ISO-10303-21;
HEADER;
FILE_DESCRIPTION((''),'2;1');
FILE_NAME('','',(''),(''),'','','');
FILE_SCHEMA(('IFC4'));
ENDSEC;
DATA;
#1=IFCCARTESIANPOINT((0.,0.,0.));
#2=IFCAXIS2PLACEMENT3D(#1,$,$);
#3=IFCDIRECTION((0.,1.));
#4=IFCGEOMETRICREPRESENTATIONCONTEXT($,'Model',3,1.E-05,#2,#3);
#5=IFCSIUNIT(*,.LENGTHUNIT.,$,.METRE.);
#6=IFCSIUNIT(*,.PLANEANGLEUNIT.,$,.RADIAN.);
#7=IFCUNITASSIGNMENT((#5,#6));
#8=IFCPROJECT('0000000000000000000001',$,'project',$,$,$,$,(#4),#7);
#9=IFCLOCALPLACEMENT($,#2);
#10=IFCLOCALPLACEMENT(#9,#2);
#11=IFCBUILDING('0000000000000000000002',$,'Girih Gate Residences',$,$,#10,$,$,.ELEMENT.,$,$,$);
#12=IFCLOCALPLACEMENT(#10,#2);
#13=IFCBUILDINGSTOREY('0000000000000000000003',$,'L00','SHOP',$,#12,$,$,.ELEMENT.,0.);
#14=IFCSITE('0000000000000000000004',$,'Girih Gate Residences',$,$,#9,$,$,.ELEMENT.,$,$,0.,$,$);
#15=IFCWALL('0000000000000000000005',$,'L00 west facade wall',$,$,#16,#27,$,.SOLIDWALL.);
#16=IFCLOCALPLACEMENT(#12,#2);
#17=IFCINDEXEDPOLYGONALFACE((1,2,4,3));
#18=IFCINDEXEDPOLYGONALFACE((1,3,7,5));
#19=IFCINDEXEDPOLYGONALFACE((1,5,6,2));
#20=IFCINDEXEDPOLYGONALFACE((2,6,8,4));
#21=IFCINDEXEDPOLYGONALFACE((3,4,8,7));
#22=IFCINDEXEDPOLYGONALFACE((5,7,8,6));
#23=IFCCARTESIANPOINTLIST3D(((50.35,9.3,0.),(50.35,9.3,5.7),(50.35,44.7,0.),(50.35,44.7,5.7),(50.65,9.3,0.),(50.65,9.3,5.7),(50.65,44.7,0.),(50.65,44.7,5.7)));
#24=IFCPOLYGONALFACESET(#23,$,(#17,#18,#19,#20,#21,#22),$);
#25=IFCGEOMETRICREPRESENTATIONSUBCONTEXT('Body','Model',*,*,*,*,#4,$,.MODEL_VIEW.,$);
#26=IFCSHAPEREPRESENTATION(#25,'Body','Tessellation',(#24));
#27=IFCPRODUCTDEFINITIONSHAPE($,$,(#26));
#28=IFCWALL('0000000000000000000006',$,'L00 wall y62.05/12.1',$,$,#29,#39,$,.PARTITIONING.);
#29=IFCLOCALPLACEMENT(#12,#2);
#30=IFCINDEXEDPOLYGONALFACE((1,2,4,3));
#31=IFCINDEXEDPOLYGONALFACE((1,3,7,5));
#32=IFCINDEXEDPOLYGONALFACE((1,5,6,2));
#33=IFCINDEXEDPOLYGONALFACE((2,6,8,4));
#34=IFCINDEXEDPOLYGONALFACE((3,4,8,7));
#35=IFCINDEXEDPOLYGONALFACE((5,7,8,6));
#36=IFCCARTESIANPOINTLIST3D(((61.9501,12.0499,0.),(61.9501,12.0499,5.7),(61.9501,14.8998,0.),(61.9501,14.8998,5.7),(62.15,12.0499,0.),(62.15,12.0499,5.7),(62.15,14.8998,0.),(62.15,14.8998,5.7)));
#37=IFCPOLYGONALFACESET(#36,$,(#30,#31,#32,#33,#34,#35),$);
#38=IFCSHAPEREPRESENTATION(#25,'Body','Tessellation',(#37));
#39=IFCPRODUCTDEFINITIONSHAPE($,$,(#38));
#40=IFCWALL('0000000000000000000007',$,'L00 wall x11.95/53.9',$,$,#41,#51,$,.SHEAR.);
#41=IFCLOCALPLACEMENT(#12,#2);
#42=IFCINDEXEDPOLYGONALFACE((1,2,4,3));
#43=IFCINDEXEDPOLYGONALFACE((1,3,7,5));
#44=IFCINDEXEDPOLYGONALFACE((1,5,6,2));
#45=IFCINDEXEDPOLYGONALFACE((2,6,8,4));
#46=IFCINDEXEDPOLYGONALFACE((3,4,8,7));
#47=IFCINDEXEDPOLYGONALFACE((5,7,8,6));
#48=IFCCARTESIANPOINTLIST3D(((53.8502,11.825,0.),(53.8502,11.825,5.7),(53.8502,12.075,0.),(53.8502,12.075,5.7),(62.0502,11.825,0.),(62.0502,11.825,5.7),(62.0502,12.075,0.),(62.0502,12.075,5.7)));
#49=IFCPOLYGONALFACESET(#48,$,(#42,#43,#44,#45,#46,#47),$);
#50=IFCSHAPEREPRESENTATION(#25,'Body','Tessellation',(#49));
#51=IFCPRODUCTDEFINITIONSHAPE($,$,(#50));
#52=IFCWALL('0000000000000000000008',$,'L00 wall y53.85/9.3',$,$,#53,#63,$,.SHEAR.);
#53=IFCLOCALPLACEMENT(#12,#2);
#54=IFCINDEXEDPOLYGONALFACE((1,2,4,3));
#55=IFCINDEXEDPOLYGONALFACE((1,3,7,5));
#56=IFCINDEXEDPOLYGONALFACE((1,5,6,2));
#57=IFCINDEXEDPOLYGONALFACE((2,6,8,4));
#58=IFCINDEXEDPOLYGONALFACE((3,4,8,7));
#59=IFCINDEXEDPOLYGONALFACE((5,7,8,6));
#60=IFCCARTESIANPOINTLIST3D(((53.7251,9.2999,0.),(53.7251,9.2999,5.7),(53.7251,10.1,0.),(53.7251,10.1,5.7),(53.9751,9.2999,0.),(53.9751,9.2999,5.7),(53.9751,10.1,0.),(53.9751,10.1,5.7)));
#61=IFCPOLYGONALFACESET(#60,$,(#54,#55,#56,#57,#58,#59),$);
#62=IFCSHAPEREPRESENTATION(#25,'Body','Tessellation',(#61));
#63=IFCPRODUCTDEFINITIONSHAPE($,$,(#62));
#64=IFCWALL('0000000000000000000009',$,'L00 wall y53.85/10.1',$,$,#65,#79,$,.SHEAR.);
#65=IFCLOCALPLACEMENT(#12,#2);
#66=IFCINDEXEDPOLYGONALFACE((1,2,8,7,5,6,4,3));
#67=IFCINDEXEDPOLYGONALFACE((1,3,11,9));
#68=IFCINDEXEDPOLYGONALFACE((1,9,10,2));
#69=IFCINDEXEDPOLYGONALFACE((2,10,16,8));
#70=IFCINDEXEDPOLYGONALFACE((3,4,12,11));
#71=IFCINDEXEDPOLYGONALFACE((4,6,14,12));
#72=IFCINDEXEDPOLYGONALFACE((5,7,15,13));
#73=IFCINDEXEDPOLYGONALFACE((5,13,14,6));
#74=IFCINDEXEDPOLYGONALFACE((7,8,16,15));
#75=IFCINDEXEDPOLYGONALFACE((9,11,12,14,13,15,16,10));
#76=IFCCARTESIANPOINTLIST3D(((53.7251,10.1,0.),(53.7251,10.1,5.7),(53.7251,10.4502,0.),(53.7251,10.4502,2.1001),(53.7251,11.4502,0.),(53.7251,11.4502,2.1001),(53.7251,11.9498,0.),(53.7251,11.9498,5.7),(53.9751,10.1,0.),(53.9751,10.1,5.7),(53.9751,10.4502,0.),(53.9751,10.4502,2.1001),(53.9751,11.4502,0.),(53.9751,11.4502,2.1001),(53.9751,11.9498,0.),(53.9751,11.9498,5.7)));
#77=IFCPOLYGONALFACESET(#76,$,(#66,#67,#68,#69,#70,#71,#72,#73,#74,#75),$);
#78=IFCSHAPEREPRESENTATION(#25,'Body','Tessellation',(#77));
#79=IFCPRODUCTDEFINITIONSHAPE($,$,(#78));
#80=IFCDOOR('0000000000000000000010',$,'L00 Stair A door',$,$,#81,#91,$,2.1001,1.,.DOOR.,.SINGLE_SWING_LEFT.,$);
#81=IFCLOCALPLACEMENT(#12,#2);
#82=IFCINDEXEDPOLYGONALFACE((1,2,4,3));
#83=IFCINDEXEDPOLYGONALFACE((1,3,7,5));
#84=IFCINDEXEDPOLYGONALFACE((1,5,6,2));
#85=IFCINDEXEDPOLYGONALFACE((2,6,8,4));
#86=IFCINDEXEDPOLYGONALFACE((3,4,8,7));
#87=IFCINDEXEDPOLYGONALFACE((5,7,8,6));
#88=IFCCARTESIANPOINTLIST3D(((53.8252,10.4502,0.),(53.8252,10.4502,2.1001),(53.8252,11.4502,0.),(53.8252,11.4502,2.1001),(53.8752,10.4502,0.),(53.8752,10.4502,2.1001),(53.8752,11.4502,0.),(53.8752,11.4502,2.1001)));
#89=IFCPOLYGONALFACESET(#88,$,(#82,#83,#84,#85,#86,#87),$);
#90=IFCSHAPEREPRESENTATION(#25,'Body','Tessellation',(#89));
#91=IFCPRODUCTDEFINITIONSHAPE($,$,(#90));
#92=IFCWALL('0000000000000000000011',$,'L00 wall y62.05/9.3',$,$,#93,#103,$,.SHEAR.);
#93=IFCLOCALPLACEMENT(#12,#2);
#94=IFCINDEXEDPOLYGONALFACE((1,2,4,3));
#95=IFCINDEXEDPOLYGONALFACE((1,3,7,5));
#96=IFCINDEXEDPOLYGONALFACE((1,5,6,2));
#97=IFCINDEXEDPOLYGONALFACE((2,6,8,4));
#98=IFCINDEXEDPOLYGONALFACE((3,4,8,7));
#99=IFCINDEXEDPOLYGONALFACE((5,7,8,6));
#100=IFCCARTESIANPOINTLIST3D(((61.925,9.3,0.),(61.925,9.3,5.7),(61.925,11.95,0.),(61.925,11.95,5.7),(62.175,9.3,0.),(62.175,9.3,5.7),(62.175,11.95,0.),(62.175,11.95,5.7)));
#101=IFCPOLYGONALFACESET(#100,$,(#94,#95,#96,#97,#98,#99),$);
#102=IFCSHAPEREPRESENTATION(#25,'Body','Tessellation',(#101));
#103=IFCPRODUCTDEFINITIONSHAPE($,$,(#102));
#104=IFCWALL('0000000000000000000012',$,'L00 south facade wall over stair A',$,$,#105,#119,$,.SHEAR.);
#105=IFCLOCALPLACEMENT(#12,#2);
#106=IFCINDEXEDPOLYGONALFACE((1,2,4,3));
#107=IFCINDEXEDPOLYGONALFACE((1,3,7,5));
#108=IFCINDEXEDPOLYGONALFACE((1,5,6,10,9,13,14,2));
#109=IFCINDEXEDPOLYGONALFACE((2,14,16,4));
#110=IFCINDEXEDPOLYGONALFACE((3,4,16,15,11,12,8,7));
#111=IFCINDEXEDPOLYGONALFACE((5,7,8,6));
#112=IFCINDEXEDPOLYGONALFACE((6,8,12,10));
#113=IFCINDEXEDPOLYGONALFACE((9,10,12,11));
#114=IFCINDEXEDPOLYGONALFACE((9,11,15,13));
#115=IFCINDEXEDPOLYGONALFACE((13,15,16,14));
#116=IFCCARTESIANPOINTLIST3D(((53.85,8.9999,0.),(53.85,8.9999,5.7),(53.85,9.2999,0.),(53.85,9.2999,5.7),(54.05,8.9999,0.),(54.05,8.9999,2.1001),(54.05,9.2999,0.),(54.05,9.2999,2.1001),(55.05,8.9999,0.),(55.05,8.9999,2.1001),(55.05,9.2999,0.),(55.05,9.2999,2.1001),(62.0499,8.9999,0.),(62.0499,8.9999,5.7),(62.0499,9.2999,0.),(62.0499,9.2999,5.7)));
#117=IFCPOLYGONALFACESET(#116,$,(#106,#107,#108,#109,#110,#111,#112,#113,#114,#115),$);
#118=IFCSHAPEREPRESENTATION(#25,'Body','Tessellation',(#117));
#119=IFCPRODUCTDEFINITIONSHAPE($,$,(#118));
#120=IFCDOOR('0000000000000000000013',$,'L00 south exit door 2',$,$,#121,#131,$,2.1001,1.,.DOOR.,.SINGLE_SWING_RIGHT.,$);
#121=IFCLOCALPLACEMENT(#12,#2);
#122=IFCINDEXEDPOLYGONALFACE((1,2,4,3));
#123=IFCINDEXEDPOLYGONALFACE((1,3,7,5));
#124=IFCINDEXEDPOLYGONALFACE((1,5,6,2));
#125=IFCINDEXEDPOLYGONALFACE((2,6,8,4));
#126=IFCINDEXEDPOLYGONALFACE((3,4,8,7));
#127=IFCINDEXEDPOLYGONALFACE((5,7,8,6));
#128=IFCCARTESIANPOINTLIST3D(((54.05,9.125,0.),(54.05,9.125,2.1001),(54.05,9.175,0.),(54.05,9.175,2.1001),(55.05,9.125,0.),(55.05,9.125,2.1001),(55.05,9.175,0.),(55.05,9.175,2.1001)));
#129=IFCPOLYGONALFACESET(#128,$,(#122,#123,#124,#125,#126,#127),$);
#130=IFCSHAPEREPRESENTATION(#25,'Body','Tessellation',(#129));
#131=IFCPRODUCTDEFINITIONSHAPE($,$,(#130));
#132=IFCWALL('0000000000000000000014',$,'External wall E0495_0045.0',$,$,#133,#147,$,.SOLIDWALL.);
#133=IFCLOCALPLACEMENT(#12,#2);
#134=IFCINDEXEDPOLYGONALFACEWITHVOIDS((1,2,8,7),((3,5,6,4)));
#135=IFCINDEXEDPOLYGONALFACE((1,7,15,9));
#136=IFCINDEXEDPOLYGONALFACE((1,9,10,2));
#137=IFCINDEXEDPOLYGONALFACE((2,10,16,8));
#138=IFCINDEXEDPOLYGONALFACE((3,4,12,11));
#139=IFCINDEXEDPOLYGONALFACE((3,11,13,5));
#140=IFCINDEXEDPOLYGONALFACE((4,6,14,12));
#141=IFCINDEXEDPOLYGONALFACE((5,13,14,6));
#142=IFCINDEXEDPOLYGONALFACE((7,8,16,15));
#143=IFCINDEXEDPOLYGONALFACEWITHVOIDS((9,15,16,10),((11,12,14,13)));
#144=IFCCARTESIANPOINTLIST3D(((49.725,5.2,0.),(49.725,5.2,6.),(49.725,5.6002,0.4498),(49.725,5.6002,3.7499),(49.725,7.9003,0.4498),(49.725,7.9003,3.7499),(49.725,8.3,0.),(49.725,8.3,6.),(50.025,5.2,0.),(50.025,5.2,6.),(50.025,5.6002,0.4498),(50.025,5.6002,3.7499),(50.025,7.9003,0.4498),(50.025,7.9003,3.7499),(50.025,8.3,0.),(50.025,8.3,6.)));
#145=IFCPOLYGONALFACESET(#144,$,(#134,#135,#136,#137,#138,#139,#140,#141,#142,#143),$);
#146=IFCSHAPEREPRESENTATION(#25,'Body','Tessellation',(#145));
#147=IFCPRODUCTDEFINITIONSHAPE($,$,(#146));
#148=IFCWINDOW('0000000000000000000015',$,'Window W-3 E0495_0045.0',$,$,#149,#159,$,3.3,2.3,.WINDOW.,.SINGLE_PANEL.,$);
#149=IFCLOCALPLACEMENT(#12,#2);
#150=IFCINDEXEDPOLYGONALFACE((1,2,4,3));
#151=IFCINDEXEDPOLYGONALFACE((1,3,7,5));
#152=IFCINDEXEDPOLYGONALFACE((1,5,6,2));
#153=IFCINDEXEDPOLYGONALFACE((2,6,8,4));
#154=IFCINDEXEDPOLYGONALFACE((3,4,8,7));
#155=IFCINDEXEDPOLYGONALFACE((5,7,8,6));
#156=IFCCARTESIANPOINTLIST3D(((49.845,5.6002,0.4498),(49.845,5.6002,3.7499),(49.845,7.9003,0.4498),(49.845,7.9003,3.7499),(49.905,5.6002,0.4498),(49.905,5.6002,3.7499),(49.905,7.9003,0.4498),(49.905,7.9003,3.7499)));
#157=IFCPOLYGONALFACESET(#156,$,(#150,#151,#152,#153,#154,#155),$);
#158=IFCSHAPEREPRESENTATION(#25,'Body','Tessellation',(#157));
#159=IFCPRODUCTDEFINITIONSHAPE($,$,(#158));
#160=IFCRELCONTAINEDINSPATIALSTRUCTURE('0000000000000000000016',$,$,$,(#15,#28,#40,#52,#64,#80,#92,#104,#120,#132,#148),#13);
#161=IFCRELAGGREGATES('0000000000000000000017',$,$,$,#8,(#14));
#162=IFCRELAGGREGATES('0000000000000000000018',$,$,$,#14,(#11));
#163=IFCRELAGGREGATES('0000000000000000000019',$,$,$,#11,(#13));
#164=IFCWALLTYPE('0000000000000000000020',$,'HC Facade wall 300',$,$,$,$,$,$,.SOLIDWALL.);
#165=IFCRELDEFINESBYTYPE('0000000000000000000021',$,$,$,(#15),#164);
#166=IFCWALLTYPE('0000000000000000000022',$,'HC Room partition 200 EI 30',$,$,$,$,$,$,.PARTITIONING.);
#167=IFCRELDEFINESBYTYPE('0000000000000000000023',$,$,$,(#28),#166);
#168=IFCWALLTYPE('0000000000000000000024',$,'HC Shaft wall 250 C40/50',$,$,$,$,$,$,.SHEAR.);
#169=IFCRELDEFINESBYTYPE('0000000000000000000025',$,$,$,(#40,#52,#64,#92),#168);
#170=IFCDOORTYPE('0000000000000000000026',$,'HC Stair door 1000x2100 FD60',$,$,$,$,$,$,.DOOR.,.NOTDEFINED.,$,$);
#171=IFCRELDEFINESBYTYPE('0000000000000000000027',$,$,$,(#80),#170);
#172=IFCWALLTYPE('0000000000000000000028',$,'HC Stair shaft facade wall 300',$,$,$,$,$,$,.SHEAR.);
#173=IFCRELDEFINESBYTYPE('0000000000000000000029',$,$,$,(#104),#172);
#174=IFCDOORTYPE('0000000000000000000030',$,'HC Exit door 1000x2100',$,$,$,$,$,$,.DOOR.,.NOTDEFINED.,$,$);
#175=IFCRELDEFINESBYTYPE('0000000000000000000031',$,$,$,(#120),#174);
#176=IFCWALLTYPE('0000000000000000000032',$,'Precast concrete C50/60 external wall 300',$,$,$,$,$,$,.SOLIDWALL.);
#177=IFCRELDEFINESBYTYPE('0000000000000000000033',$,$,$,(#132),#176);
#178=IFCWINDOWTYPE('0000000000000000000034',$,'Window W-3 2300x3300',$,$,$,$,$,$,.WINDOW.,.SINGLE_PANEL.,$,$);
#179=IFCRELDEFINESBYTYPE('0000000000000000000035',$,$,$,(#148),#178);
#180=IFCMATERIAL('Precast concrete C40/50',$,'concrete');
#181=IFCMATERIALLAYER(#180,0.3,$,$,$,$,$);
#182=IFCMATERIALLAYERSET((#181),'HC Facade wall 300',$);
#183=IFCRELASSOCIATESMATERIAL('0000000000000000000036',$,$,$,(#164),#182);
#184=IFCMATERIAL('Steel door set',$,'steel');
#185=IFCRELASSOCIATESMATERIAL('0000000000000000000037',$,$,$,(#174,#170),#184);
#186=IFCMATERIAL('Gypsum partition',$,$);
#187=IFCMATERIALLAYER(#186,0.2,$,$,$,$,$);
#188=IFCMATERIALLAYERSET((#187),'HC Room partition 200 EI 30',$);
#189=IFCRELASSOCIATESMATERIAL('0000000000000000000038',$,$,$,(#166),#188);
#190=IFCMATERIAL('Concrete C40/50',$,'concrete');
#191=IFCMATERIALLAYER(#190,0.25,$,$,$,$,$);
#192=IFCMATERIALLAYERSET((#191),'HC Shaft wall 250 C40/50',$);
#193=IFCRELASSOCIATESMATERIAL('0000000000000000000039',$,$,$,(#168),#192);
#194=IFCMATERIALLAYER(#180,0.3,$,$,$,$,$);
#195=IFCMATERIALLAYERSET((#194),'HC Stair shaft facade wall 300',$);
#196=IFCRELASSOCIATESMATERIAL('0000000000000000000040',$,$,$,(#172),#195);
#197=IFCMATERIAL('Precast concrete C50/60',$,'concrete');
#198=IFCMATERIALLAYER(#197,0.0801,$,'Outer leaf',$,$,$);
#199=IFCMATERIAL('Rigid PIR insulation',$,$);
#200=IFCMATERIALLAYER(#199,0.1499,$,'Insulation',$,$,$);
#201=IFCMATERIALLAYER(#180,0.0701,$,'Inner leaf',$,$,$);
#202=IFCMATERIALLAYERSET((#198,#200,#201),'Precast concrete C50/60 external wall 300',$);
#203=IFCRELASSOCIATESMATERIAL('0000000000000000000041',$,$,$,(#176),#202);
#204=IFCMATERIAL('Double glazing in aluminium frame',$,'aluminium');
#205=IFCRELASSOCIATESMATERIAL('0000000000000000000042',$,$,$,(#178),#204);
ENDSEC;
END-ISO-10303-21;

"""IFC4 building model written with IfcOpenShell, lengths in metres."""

from ifc_helpers import new_model, si_unit, direction, frame, frame_2d, origin, place, context, subcontext, project, spatial, rectangle, extrude, material, layer, layer_set, type_object, element, fill, save


model = new_model("IFC4")

# Units and contexts
model_context = context("Model", 3, precision=1e-05, world=origin(), true_north=direction((0.0, 1.0)))
body_context = subcontext(model_context, "Body", "Model", "MODEL_VIEW")
ifc_project = project(units=[si_unit("LENGTHUNIT", "METRE"), si_unit("PLANEANGLEUNIT", "RADIAN")], contexts=[model_context])

# Site, building, storey
site_placement = place(None, origin())
site = spatial("IfcSite", under=ifc_project, at=site_placement, Name="Girih Gate Residences", CompositionType="ELEMENT", RefElevation=0.0)
building_placement = place(site_placement, origin())
building = spatial("IfcBuilding", under=site, at=building_placement, Name="Girih Gate Residences", CompositionType="ELEMENT")
storey_placement = place(building_placement, origin())
storey = spatial("IfcBuildingStorey", under=building, at=storey_placement, Name="L00", Description="SHOP", CompositionType="ELEMENT", Elevation=0.0)

# Shared definitions
ifc_material_1 = material(Name="Concrete C40/50", Category="concrete")

# Shared definitions
ifc_material_2 = material(Name="Precast concrete C40/50", Category="concrete")
ifc_layer_1 = layer(ifc_material_2, 0.3)
ifc_layer_set_1 = layer_set([ifc_layer_1], Name="HC Facade wall 300")
wall_type_1 = type_object("IfcWallType", Name="HC Facade wall 300", PredefinedType="SOLIDWALL", material=ifc_layer_set_1)
ifc_material_3 = material(Name="Steel door set", Category="steel")
door_type_1 = type_object("IfcDoorType", Name="HC Exit door 1000x2100", OperationType="NOTDEFINED", PredefinedType="DOOR", material=ifc_material_3)

# Walls
wall_1_placement = place(storey_placement, frame((50.5, 9.3, 0.0), z_axis=(0.0, 0.0, 1.0), x_axis=(0.0, 1.0, 0.0)))
element("IfcWall", 1, at=wall_1_placement, inside=storey, type_object=wall_type_1, Name="L00 west facade wall", PredefinedType="SOLIDWALL", context=body_context, shape_type="SweptSolid", body=[
    extrude(rectangle(XDim=35.3999, YDim=0.3, at=frame_2d((17.7, 0.0))), origin(), (0.0, 0.0, 1.0), 5.7),
])
ifc_material_4 = material(Name="Gypsum partition")
ifc_layer_2 = layer(ifc_material_4, 0.2)
ifc_layer_set_2 = layer_set([ifc_layer_2], Name="HC Room partition 200 EI 30")
wall_type_2 = type_object("IfcWallType", Name="HC Room partition 200 EI 30", PredefinedType="PARTITIONING", material=ifc_layer_set_2)
wall_2_placement = place(storey_placement, frame((62.05, 12.05, 0.0), z_axis=(0.0, 0.0, 1.0), x_axis=(0.0, 1.0, 0.0)))
element("IfcWall", 2, at=wall_2_placement, inside=storey, type_object=wall_type_2, Name="L00 wall y62.05/12.1", PredefinedType="PARTITIONING", context=body_context, shape_type="SweptSolid", body=[
    extrude(rectangle(XDim=2.8499, YDim=0.2, at=frame_2d((1.4248, 0.0))), origin(), (0.0, 0.0, 1.0), 5.7),
])
ifc_layer_3 = layer(ifc_material_1, 0.25)
ifc_layer_set_3 = layer_set([ifc_layer_3], Name="HC Shaft wall 250 C40/50")
wall_type_3 = type_object("IfcWallType", Name="HC Shaft wall 250 C40/50", PredefinedType="SHEAR", material=ifc_layer_set_3)
wall_3_placement = place(storey_placement, frame((53.8501, 11.95, 0.0), z_axis=(0.0, 0.0, 1.0), x_axis=(1.0, 0.0, 0.0)))
element("IfcWall", 3, at=wall_3_placement, inside=storey, type_object=wall_type_3, Name="L00 wall x11.95/53.9", PredefinedType="SHEAR", context=body_context, shape_type="SweptSolid", body=[
    extrude(rectangle(XDim=8.2, YDim=0.25, at=frame_2d((4.1001, 0.0))), origin(), (0.0, 0.0, 1.0), 5.7),
])
wall_4_placement = place(storey_placement, frame((53.8501, 9.3, 0.0), z_axis=(0.0, 0.0, 1.0), x_axis=(0.0, 1.0, 0.0)))
element("IfcWall", 4, at=wall_4_placement, inside=storey, type_object=wall_type_3, Name="L00 wall y53.85/9.3", PredefinedType="SHEAR", context=body_context, shape_type="SweptSolid", body=[
    extrude(rectangle(XDim=0.8, YDim=0.25, at=frame_2d((0.3999, 0.0))), origin(), (0.0, 0.0, 1.0), 5.7),
])

# Wall, opening, door
wall_5_placement = place(storey_placement, frame((53.8501, 10.1001, 0.0), z_axis=(0.0, 0.0, 1.0), x_axis=(0.0, 1.0, 0.0)))
wall_5 = element("IfcWall", 5, at=wall_5_placement, inside=storey, type_object=wall_type_3, Name="L00 wall y53.85/10.1", PredefinedType="SHEAR", context=body_context, shape_type="SweptSolid", body=[
    extrude(rectangle(XDim=1.8499, YDim=0.25, at=frame_2d((0.9248, 0.0))), origin(), (0.0, 0.0, 1.0), 5.7),
])
opening_1_placement = place(wall_5_placement, frame((0.3501, 0.0, 0.0)))
opening_1 = element("IfcOpeningElement", 6, at=opening_1_placement, cuts=wall_5, PredefinedType="OPENING", context=body_context, shape_type="SweptSolid", body=[
    extrude(rectangle(XDim=1.0, YDim=2.1001, at=frame_2d((0.5, 1.05))), frame((0.0, 0.135, 0.0), z_axis=(0.0, -1.0, 0.0), x_axis=(1.0, 0.0, 0.0)), (0.0, 0.0, 1.0), 0.27),
])
door_type_2 = type_object("IfcDoorType", Name="HC Stair door 1000x2100 FD60", OperationType="NOTDEFINED", PredefinedType="DOOR", material=ifc_material_3)
door_1_placement = place(opening_1_placement, origin())
door_1 = element("IfcDoor", 7, at=door_1_placement, inside=storey, type_object=door_type_2, Name="L00 Stair A door", OperationType="SINGLE_SWING_LEFT", OverallHeight=2.1001, OverallWidth=1.0, PredefinedType="DOOR", context=body_context, shape_type="SweptSolid", body=[
    extrude(rectangle(XDim=1.0, YDim=2.1001, at=frame_2d((0.5, 1.05))), frame((0.0, 0.0249, 0.0), z_axis=(0.0, -1.0, 0.0), x_axis=(1.0, 0.0, 0.0)), (0.0, 0.0, 1.0), 0.05),
])
fill(opening_1, door_1)

# Wall
wall_6_placement = place(storey_placement, frame((62.05, 9.3, 0.0), z_axis=(0.0, 0.0, 1.0), x_axis=(0.0, 1.0, 0.0)))
element("IfcWall", 8, at=wall_6_placement, inside=storey, type_object=wall_type_3, Name="L00 wall y62.05/9.3", PredefinedType="SHEAR", context=body_context, shape_type="SweptSolid", body=[
    extrude(rectangle(XDim=2.6499, YDim=0.25, at=frame_2d((1.325, 0.0))), origin(), (0.0, 0.0, 1.0), 5.7),
])

# Wall, opening, door
ifc_layer_4 = layer(ifc_material_2, 0.3)
ifc_layer_set_4 = layer_set([ifc_layer_4], Name="HC Stair shaft facade wall 300")
wall_type_4 = type_object("IfcWallType", Name="HC Stair shaft facade wall 300", PredefinedType="SHEAR", material=ifc_layer_set_4)
wall_7_placement = place(storey_placement, frame((62.05, 9.1499, 0.0), z_axis=(0.0, 0.0, 1.0), x_axis=(-1.0, 0.0, 0.0)))
wall_7 = element("IfcWall", 9, at=wall_7_placement, inside=storey, type_object=wall_type_4, Name="L00 south facade wall over stair A", PredefinedType="SHEAR", context=body_context, shape_type="SweptSolid", body=[
    extrude(rectangle(XDim=8.2, YDim=0.3, at=frame_2d((4.1001, 0.0))), origin(), (0.0, 0.0, 1.0), 5.7),
])
opening_2_placement = place(wall_7_placement, frame((7.0, 0.0, 0.0)))
opening_2 = element("IfcOpeningElement", 10, at=opening_2_placement, cuts=wall_7, PredefinedType="OPENING", context=body_context, shape_type="SweptSolid", body=[
    extrude(rectangle(XDim=1.0, YDim=2.1001, at=frame_2d((0.5, 1.05))), frame((0.0, 0.1599, 0.0), z_axis=(0.0, -1.0, 0.0), x_axis=(1.0, 0.0, 0.0)), (0.0, 0.0, 1.0), 0.3201),
])
door_2_placement = place(opening_2_placement, origin())
door_2 = element("IfcDoor", 11, at=door_2_placement, inside=storey, type_object=door_type_1, Name="L00 south exit door 2", OperationType="SINGLE_SWING_RIGHT", OverallHeight=2.1001, OverallWidth=1.0, PredefinedType="DOOR", context=body_context, shape_type="SweptSolid", body=[
    extrude(rectangle(XDim=1.0, YDim=2.1001, at=frame_2d((0.5, 1.05))), frame((0.0, 0.0249, 0.0), z_axis=(0.0, -1.0, 0.0), x_axis=(1.0, 0.0, 0.0)), (0.0, 0.0, 1.0), 0.05),
])
fill(opening_2, door_2)

# Wall, opening, window
ifc_material_5 = material(Name="Precast concrete C50/60", Category="concrete")
ifc_layer_5 = layer(ifc_material_5, 0.0801, Name="Outer leaf")
ifc_material_6 = material(Name="Rigid PIR insulation")
ifc_layer_6 = layer(ifc_material_6, 0.1499, Name="Insulation")
ifc_layer_7 = layer(ifc_material_2, 0.0701, Name="Inner leaf")
ifc_layer_set_5 = layer_set([ifc_layer_5, ifc_layer_6, ifc_layer_7], Name="Precast concrete C50/60 external wall 300")
wall_type_5 = type_object("IfcWallType", Name="Precast concrete C50/60 external wall 300", PredefinedType="SOLIDWALL", material=ifc_layer_set_5)
wall_8_placement = place(storey_placement, frame((49.875, 8.3, 0.0), z_axis=(0.0, 0.0, 1.0), x_axis=(0.0, -1.0, 0.0)))
wall_8 = element("IfcWall", 12, at=wall_8_placement, inside=storey, type_object=wall_type_5, Name="External wall E0495_0045.0", PredefinedType="SOLIDWALL", context=body_context, shape_type="SweptSolid", body=[
    extrude(rectangle(XDim=3.1001, YDim=0.3, at=frame_2d((1.55, 0.0))), origin(), (0.0, 0.0, 1.0), 6.0),
])
opening_3_placement = place(wall_8_placement, frame((0.3999, 0.0, 0.45)))
opening_3 = element("IfcOpeningElement", 13, at=opening_3_placement, cuts=wall_8, PredefinedType="OPENING", context=body_context, shape_type="SweptSolid", body=[
    extrude(rectangle(XDim=2.3, YDim=3.3, at=frame_2d((1.1499, 1.6499))), frame((0.0, 0.1599, 0.0), z_axis=(0.0, -1.0, 0.0), x_axis=(1.0, 0.0, 0.0)), (0.0, 0.0, 1.0), 0.3201),
])
ifc_material_7 = material(Name="Double glazing in aluminium frame", Category="aluminium")
window_type = type_object("IfcWindowType", Name="Window W-3 2300x3300", PartitioningType="SINGLE_PANEL", PredefinedType="WINDOW", material=ifc_material_7)
window_1_placement = place(opening_3_placement, origin())
window_1 = element("IfcWindow", 14, at=window_1_placement, inside=storey, type_object=window_type, Name="Window W-3 E0495_0045.0", OverallHeight=3.3, OverallWidth=2.3, PartitioningType="SINGLE_PANEL", PredefinedType="WINDOW", context=body_context, shape_type="SweptSolid", body=[
    extrude(rectangle(XDim=2.3, YDim=3.3, at=frame_2d((1.1499, 1.6499))), frame((0.0, 0.03, 0.0), z_axis=(0.0, -1.0, 0.0), x_axis=(1.0, 0.0, 0.0)), (0.0, 0.0, 1.0), 0.0601),
])
fill(opening_3, window_1)

save(model, "model.ifc")
